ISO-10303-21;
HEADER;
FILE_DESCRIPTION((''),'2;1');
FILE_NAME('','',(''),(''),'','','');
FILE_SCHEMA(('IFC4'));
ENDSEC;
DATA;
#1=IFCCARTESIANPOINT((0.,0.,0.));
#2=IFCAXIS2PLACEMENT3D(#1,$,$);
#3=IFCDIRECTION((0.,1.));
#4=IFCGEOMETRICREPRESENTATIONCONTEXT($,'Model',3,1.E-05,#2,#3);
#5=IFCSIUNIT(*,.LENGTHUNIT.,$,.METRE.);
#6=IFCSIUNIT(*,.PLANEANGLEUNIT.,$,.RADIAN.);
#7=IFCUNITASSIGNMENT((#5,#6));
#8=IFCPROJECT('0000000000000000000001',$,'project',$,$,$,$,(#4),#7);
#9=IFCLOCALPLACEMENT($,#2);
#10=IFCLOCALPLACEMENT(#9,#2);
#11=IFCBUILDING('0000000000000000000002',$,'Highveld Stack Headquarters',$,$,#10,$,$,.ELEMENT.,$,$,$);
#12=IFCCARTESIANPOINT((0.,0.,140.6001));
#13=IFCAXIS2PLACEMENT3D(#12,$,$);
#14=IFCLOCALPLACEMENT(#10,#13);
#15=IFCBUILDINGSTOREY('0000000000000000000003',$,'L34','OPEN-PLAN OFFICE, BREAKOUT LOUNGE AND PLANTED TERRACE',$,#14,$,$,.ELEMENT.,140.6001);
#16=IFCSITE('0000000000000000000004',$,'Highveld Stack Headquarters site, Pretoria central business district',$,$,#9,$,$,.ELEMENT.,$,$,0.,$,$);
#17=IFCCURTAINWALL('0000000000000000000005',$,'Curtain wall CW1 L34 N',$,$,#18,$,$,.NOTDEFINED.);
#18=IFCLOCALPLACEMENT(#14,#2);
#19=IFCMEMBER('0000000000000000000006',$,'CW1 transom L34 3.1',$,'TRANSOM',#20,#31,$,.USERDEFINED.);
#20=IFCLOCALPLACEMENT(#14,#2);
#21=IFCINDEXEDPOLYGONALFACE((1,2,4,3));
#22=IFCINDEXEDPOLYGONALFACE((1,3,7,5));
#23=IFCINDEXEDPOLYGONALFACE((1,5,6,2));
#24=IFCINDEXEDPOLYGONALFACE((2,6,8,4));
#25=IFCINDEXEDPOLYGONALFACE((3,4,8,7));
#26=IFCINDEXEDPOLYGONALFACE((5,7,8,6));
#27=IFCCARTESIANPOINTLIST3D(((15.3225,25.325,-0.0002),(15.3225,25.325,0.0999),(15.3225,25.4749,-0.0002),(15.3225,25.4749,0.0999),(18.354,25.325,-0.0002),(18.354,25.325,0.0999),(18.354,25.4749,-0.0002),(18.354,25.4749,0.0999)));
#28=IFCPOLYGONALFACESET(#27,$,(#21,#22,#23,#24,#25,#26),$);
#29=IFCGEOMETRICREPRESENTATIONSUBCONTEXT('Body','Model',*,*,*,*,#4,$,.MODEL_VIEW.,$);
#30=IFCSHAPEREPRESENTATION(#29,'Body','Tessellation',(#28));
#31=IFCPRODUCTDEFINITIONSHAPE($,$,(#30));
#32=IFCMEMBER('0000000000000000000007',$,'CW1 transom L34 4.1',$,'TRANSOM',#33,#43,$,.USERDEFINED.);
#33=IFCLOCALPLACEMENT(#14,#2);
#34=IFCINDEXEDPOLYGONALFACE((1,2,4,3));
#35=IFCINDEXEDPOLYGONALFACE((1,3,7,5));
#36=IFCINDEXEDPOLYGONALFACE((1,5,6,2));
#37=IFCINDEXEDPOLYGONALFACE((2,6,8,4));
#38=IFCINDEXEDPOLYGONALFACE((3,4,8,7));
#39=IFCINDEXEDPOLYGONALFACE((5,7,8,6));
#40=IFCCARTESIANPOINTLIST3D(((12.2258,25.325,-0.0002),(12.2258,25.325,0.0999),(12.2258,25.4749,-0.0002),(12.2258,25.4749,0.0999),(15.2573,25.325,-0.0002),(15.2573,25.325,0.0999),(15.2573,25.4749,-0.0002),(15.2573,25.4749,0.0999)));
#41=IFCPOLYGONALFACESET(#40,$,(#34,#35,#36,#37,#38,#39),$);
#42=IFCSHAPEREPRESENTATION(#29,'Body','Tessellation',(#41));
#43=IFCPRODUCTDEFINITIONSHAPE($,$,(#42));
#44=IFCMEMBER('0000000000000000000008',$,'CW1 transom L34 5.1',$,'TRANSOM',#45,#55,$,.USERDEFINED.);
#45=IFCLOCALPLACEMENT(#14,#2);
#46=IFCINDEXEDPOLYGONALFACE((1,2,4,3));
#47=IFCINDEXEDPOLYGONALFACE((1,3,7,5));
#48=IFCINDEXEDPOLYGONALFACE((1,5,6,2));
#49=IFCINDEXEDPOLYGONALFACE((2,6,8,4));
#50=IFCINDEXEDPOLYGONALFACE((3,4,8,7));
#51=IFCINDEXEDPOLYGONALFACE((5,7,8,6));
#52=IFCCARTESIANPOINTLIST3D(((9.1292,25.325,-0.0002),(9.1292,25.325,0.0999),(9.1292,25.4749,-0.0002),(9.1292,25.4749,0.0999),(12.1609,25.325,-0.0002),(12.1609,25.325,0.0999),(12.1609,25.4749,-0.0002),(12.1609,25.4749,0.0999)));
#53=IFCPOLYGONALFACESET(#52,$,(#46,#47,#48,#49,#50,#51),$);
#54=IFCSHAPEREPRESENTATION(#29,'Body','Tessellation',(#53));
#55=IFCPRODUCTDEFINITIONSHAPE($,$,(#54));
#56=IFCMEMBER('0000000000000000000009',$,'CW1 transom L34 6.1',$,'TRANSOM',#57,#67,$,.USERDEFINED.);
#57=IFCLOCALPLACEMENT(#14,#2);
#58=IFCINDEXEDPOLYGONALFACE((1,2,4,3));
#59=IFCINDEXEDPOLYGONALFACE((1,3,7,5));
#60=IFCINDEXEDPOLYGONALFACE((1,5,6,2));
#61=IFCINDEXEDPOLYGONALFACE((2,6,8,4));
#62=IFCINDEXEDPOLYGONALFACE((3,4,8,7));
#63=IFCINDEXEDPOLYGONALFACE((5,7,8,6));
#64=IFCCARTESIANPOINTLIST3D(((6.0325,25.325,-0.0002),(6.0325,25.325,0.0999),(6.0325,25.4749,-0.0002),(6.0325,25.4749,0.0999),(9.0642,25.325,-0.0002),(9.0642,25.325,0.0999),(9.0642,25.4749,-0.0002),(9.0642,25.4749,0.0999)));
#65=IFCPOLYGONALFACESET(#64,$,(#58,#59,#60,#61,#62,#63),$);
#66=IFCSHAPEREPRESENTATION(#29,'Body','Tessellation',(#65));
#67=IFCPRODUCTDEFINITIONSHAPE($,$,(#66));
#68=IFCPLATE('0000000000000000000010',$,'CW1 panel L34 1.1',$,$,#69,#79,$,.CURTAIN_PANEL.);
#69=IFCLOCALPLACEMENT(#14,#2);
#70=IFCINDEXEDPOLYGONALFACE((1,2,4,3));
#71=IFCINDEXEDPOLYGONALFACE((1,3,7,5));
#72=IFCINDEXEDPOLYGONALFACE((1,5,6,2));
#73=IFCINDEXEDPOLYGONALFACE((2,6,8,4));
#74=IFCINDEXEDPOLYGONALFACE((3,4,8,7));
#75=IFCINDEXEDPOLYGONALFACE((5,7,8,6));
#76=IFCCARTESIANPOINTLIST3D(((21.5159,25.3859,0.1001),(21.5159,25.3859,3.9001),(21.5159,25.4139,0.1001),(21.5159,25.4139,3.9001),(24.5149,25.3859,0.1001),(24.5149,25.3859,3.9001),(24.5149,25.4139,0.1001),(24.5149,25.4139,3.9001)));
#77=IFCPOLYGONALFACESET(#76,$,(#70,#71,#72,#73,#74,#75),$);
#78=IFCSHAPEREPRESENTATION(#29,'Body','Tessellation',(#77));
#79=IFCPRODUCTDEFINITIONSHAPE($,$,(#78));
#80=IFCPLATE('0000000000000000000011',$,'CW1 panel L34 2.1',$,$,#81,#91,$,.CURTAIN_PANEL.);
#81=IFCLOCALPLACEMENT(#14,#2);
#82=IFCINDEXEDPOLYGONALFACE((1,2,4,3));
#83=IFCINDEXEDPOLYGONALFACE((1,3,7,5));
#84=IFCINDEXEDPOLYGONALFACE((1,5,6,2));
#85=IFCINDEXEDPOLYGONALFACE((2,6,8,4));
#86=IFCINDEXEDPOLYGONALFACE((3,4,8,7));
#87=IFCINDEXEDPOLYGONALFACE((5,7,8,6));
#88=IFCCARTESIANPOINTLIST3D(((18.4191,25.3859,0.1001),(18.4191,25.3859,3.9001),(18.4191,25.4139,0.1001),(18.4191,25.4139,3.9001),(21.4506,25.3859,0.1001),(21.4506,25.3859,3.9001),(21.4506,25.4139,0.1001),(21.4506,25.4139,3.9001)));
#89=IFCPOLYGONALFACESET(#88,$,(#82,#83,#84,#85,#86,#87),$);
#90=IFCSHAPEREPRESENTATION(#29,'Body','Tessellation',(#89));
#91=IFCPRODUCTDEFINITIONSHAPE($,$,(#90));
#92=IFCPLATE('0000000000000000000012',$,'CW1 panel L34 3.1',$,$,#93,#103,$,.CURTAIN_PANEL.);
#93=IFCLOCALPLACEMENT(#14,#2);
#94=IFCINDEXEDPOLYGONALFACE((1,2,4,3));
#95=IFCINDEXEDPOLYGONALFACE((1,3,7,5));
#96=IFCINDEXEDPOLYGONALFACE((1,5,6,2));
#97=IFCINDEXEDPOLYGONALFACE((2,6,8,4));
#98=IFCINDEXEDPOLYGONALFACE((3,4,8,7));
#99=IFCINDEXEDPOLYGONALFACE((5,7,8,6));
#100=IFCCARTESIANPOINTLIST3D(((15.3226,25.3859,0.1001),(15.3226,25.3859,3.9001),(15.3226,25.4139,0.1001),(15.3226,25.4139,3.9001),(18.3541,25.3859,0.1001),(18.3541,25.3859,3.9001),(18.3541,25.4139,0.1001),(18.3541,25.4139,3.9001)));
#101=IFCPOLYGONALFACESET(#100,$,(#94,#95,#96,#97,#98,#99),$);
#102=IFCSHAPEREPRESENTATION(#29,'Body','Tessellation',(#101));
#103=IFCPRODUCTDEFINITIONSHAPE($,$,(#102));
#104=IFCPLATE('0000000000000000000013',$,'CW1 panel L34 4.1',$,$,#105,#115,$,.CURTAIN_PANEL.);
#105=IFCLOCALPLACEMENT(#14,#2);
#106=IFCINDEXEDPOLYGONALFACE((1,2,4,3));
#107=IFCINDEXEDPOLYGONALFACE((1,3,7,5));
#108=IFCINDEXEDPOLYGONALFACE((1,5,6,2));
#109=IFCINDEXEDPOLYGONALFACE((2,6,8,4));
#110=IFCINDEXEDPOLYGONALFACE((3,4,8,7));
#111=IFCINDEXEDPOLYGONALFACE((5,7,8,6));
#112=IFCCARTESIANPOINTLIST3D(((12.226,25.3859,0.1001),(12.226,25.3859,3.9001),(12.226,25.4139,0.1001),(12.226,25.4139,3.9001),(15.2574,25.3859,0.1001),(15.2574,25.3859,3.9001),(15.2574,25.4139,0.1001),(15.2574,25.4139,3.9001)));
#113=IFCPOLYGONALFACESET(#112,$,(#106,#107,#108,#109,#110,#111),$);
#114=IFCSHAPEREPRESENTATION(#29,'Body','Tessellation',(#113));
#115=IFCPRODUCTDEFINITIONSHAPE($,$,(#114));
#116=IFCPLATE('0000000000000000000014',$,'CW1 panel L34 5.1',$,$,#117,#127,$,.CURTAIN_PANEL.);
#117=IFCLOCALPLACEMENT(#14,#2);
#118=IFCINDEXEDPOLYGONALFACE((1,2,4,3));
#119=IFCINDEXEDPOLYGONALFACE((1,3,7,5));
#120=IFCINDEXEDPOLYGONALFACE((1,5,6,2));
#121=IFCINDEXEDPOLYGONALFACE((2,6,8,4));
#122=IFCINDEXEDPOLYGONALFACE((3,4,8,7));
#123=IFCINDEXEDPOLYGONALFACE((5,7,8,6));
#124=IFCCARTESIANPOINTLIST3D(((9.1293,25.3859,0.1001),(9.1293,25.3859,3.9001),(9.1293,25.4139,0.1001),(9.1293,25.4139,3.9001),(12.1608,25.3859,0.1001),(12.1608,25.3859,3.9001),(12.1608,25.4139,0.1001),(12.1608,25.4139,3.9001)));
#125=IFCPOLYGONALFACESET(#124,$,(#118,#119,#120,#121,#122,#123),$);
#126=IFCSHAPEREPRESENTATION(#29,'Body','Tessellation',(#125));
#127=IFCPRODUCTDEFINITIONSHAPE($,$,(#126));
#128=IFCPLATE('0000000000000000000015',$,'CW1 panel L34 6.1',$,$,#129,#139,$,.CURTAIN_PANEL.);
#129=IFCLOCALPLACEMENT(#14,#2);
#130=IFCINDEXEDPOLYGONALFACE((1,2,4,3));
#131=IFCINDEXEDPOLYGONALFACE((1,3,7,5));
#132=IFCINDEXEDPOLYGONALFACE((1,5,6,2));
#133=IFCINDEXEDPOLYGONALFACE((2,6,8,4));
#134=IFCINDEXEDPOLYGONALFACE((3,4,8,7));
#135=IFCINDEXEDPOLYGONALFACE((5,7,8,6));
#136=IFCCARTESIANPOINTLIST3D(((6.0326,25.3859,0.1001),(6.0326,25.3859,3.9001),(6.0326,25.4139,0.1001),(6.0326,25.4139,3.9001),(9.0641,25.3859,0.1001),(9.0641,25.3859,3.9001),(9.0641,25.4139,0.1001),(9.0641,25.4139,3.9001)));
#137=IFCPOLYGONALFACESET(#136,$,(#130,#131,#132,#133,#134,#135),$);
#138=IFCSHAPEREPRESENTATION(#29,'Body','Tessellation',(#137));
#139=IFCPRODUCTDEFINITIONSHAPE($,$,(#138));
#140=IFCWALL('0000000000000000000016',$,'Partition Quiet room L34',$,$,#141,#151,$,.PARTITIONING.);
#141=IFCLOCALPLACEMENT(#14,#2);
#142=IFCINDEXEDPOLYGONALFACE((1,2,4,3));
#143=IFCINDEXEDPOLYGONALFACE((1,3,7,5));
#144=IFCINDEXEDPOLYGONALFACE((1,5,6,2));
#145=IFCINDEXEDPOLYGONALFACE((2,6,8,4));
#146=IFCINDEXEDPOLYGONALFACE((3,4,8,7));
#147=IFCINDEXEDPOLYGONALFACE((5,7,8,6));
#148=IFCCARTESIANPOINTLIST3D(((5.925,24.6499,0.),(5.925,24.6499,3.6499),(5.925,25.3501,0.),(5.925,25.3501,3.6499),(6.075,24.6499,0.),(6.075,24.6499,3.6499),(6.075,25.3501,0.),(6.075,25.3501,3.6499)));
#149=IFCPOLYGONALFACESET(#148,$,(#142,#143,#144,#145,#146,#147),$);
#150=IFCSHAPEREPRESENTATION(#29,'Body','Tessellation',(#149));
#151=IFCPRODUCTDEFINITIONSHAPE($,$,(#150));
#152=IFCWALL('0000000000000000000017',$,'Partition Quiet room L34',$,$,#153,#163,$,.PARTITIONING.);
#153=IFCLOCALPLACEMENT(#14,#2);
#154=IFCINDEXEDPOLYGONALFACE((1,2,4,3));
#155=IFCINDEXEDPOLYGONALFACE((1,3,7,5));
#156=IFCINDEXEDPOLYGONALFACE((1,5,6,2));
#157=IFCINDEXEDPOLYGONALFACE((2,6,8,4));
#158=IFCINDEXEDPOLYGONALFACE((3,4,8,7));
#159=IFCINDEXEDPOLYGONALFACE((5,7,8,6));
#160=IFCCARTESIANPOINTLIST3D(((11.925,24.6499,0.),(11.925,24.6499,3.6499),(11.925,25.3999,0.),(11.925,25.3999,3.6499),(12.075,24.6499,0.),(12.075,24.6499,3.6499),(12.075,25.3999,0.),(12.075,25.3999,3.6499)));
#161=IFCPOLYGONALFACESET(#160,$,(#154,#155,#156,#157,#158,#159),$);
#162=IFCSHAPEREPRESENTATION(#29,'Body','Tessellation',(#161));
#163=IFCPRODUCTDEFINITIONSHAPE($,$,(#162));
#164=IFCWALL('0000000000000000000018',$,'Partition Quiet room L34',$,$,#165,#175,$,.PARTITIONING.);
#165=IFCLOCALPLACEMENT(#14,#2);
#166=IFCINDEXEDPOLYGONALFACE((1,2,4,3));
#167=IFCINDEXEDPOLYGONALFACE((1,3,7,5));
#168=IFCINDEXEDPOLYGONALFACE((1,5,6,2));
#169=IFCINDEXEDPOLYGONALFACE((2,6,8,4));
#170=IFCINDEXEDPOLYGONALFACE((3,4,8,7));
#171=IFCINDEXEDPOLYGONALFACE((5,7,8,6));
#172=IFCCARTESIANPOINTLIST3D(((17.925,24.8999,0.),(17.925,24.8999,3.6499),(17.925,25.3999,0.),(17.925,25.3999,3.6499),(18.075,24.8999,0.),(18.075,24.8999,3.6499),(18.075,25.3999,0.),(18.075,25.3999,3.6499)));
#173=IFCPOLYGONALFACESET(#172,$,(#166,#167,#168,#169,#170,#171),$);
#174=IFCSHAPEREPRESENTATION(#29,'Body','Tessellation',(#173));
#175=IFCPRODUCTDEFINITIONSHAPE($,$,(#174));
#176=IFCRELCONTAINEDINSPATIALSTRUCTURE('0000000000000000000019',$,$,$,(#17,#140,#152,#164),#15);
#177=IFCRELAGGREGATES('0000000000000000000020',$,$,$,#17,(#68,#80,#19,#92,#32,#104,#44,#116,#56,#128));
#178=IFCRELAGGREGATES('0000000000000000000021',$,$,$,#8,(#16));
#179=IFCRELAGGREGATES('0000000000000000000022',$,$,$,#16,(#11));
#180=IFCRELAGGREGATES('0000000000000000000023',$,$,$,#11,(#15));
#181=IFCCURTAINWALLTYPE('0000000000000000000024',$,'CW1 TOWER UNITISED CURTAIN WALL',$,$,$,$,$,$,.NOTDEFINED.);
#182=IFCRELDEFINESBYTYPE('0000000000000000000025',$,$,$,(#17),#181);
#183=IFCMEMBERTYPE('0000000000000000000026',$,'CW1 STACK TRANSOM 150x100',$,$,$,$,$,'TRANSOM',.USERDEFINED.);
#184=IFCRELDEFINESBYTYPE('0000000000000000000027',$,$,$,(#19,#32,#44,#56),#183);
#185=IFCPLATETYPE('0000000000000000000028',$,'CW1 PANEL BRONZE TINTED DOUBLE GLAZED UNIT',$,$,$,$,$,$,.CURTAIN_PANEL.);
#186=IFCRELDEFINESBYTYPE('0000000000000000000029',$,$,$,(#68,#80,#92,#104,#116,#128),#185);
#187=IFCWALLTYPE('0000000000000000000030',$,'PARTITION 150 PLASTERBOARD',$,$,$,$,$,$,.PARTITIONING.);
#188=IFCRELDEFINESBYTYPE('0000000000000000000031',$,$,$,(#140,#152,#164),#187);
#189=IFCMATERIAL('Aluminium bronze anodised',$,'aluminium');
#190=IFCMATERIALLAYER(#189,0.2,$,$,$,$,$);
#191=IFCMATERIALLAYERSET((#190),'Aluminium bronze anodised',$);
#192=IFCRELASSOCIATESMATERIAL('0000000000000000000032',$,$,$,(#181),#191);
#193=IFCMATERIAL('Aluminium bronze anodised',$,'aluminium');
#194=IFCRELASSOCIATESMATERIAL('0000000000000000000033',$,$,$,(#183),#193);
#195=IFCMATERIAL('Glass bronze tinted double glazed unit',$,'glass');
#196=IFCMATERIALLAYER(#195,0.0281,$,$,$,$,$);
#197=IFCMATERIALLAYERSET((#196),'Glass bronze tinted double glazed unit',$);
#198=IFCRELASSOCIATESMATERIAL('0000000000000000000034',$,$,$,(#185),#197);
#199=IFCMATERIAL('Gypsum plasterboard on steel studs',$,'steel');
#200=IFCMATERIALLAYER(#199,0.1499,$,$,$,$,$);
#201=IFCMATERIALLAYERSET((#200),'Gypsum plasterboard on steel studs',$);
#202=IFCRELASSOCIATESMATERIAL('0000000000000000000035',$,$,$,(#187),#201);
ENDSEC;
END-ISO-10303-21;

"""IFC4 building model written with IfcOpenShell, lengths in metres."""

from ifc_helpers import new_model, si_unit, direction, frame, frame_2d, origin, origin_2d, place, context, subcontext, project, spatial, rectangle, extrude, material, layer, layer_set, material_profile, profile_set, type_object, element, aggregate, save


model = new_model("IFC4")

# Units and contexts
model_context = context("Model", 3, precision=1e-05, world=origin(), true_north=direction((0.0, 1.0)))
body_context = subcontext(model_context, "Body", "Model", "MODEL_VIEW")
ifc_project = project(units=[si_unit("LENGTHUNIT", "METRE"), si_unit("PLANEANGLEUNIT", "RADIAN")], contexts=[model_context])

# Site, building, storey
site_placement = place(None, origin())
site = spatial("IfcSite", under=ifc_project, at=site_placement, Name="Highveld Stack Headquarters site, Pretoria central business district", CompositionType="ELEMENT", RefElevation=0.0)
building_placement = place(site_placement, origin())
building = spatial("IfcBuilding", under=site, at=building_placement, Name="Highveld Stack Headquarters", CompositionType="ELEMENT")
storey_placement = place(building_placement, frame((0.0, 0.0, 140.6001)))
storey = spatial("IfcBuildingStorey", under=building, at=storey_placement, Name="L34", Description="OPEN-PLAN OFFICE, BREAKOUT LOUNGE AND PLANTED TERRACE", CompositionType="ELEMENT", Elevation=140.6001)

# Curtain wall, members, plates
ifc_material_1 = material(Name="Aluminium bronze anodised", Category="aluminium")
ifc_layer_1 = layer(ifc_material_1, 0.2)
ifc_layer_set_1 = layer_set([ifc_layer_1], Name="Aluminium bronze anodised")
curtain_wall_type = type_object("IfcCurtainWallType", Name="CW1 TOWER UNITISED CURTAIN WALL", PredefinedType="NOTDEFINED", material=ifc_layer_set_1)
curtain_wall_placement = place(storey_placement, origin())
curtain_wall = element("IfcCurtainWall", 1, at=curtain_wall_placement, inside=storey, type_object=curtain_wall_type, Name="Curtain wall CW1 L34 N", PredefinedType="NOTDEFINED")
ifc_material_2 = material(Name="Aluminium bronze anodised", Category="aluminium")
ifc_material_profile_1 = material_profile(ifc_material_2, rectangle(XDim=0.1499, YDim=0.1001, at=origin_2d()), Name="CW1 TRANSOM 150x100")
ifc_profile_set_1 = profile_set([ifc_material_profile_1], Name="Aluminium bronze anodised")
member_type_1 = type_object("IfcMemberType", Name="CW1 STACK TRANSOM 150x100", ElementType="TRANSOM", PredefinedType="USERDEFINED", material=ifc_profile_set_1)
member_1_placement = place(storey_placement, frame((18.354, 25.3999, 0.0498), z_axis=(-1.0, 0.0, 0.0), x_axis=(0.0, -1.0, 0.0)))
member_1 = element("IfcMember", 2, at=member_1_placement, type_object=member_type_1, Name="CW1 transom L34 3.1", ObjectType="TRANSOM", PredefinedType="USERDEFINED", context=body_context, shape_type="SweptSolid", body=[
    extrude(rectangle(XDim=0.1499, YDim=0.1001, at=origin_2d()), origin(), (0.0, 0.0, 1.0), 3.0315),
])
member_2_placement = place(storey_placement, frame((15.2573, 25.3999, 0.0498), z_axis=(-1.0, 0.0, 0.0), x_axis=(0.0, -1.0, 0.0)))
member_2 = element("IfcMember", 3, at=member_2_placement, type_object=member_type_1, Name="CW1 transom L34 4.1", ObjectType="TRANSOM", PredefinedType="USERDEFINED", context=body_context, shape_type="SweptSolid", body=[
    extrude(rectangle(XDim=0.1499, YDim=0.1001, at=origin_2d()), origin(), (0.0, 0.0, 1.0), 3.0315),
])
member_3_placement = place(storey_placement, frame((12.1609, 25.3999, 0.0498), z_axis=(-1.0, 0.0, 0.0), x_axis=(0.0, -1.0, 0.0)))
member_3 = element("IfcMember", 4, at=member_3_placement, type_object=member_type_1, Name="CW1 transom L34 5.1", ObjectType="TRANSOM", PredefinedType="USERDEFINED", context=body_context, shape_type="SweptSolid", body=[
    extrude(rectangle(XDim=0.1499, YDim=0.1001, at=origin_2d()), origin(), (0.0, 0.0, 1.0), 3.0317),
])
member_4_placement = place(storey_placement, frame((9.0642, 25.3999, 0.0498), z_axis=(-1.0, 0.0, 0.0), x_axis=(0.0, -1.0, 0.0)))
member_4 = element("IfcMember", 5, at=member_4_placement, type_object=member_type_1, Name="CW1 transom L34 6.1", ObjectType="TRANSOM", PredefinedType="USERDEFINED", context=body_context, shape_type="SweptSolid", body=[
    extrude(rectangle(XDim=0.1499, YDim=0.1001, at=origin_2d()), origin(), (0.0, 0.0, 1.0), 3.0317),
])
ifc_material_3 = material(Name="Glass bronze tinted double glazed unit", Category="glass")
ifc_layer_2 = layer(ifc_material_3, 0.0281)
ifc_layer_set_2 = layer_set([ifc_layer_2], Name="Glass bronze tinted double glazed unit")
plate_type = type_object("IfcPlateType", Name="CW1 PANEL BRONZE TINTED DOUBLE GLAZED UNIT", PredefinedType="CURTAIN_PANEL", material=ifc_layer_set_2)
plate_1_placement = place(storey_placement, frame((23.0154, 25.3999, 0.1001), z_axis=(0.0, 0.0, 1.0), x_axis=(-1.0, 0.0, 0.0)))
plate_1 = element("IfcPlate", 6, at=plate_1_placement, type_object=plate_type, Name="CW1 panel L34 1.1", PredefinedType="CURTAIN_PANEL", context=body_context, shape_type="SweptSolid", body=[
    extrude(rectangle(XDim=2.999, YDim=0.0281, at=origin_2d()), origin(), (0.0, 0.0, 1.0), 3.8),
])
plate_2_placement = place(storey_placement, frame((19.9348, 25.3999, 0.1001), z_axis=(0.0, 0.0, 1.0), x_axis=(-1.0, 0.0, 0.0)))
plate_2 = element("IfcPlate", 7, at=plate_2_placement, type_object=plate_type, Name="CW1 panel L34 2.1", PredefinedType="CURTAIN_PANEL", context=body_context, shape_type="SweptSolid", body=[
    extrude(rectangle(XDim=3.0315, YDim=0.0281, at=origin_2d()), origin(), (0.0, 0.0, 1.0), 3.8),
])
plate_3_placement = place(storey_placement, frame((16.8384, 25.3999, 0.1001), z_axis=(0.0, 0.0, 1.0), x_axis=(-1.0, 0.0, 0.0)))
plate_3 = element("IfcPlate", 8, at=plate_3_placement, type_object=plate_type, Name="CW1 panel L34 3.1", PredefinedType="CURTAIN_PANEL", context=body_context, shape_type="SweptSolid", body=[
    extrude(rectangle(XDim=3.0315, YDim=0.0281, at=origin_2d()), origin(), (0.0, 0.0, 1.0), 3.8),
])
plate_4_placement = place(storey_placement, frame((13.7417, 25.3999, 0.1001), z_axis=(0.0, 0.0, 1.0), x_axis=(-1.0, 0.0, 0.0)))
plate_4 = element("IfcPlate", 9, at=plate_4_placement, type_object=plate_type, Name="CW1 panel L34 4.1", PredefinedType="CURTAIN_PANEL", context=body_context, shape_type="SweptSolid", body=[
    extrude(rectangle(XDim=3.0315, YDim=0.0281, at=origin_2d()), origin(), (0.0, 0.0, 1.0), 3.8),
])
plate_5_placement = place(storey_placement, frame((10.645, 25.3999, 0.1001), z_axis=(0.0, 0.0, 1.0), x_axis=(-1.0, 0.0, 0.0)))
plate_5 = element("IfcPlate", 10, at=plate_5_placement, type_object=plate_type, Name="CW1 panel L34 5.1", PredefinedType="CURTAIN_PANEL", context=body_context, shape_type="SweptSolid", body=[
    extrude(rectangle(XDim=3.0315, YDim=0.0281, at=origin_2d()), origin(), (0.0, 0.0, 1.0), 3.8),
])
plate_6_placement = place(storey_placement, frame((7.5483, 25.3999, 0.1001), z_axis=(0.0, 0.0, 1.0), x_axis=(-1.0, 0.0, 0.0)))
plate_6 = element("IfcPlate", 11, at=plate_6_placement, type_object=plate_type, Name="CW1 panel L34 6.1", PredefinedType="CURTAIN_PANEL", context=body_context, shape_type="SweptSolid", body=[
    extrude(rectangle(XDim=3.0315, YDim=0.0281, at=origin_2d()), origin(), (0.0, 0.0, 1.0), 3.8),
])
aggregate(curtain_wall, [plate_1, plate_2, member_1, plate_3, member_2, plate_4, member_3, plate_5, member_4, plate_6])

# Walls
ifc_material_4 = material(Name="Gypsum plasterboard on steel studs", Category="steel")
ifc_layer_3 = layer(ifc_material_4, 0.1499)
ifc_layer_set_3 = layer_set([ifc_layer_3], Name="Gypsum plasterboard on steel studs")
wall_type = type_object("IfcWallType", Name="PARTITION 150 PLASTERBOARD", PredefinedType="PARTITIONING", material=ifc_layer_set_3)
wall_1_placement = place(storey_placement, frame((6.0, 24.6499, 0.0), z_axis=(0.0, 0.0, 1.0), x_axis=(0.0, 1.0, 0.0)))
element("IfcWall", 12, at=wall_1_placement, inside=storey, type_object=wall_type, Name="Partition Quiet room L34", PredefinedType="PARTITIONING", context=body_context, shape_type="SweptSolid", body=[
    extrude(rectangle(XDim=0.7002, YDim=0.1499, at=frame_2d((0.3501, 0.0))), origin(), (0.0, 0.0, 1.0), 3.6499),
])
wall_2_placement = place(storey_placement, frame((12.0, 24.6499, 0.0), z_axis=(0.0, 0.0, 1.0), x_axis=(0.0, 1.0, 0.0)))
element("IfcWall", 13, at=wall_2_placement, inside=storey, type_object=wall_type, Name="Partition Quiet room L34", PredefinedType="PARTITIONING", context=body_context, shape_type="SweptSolid", body=[
    extrude(rectangle(XDim=0.75, YDim=0.1499, at=frame_2d((0.375, 0.0))), origin(), (0.0, 0.0, 1.0), 3.6499),
])
wall_3_placement = place(storey_placement, frame((18.0, 24.8999, 0.0), z_axis=(0.0, 0.0, 1.0), x_axis=(0.0, 1.0, 0.0)))
element("IfcWall", 14, at=wall_3_placement, inside=storey, type_object=wall_type, Name="Partition Quiet room L34", PredefinedType="PARTITIONING", context=body_context, shape_type="SweptSolid", body=[
    extrude(rectangle(XDim=0.5, YDim=0.1499, at=frame_2d((0.25, 0.0))), origin(), (0.0, 0.0, 1.0), 3.6499),
])

save(model, "model.ifc")
